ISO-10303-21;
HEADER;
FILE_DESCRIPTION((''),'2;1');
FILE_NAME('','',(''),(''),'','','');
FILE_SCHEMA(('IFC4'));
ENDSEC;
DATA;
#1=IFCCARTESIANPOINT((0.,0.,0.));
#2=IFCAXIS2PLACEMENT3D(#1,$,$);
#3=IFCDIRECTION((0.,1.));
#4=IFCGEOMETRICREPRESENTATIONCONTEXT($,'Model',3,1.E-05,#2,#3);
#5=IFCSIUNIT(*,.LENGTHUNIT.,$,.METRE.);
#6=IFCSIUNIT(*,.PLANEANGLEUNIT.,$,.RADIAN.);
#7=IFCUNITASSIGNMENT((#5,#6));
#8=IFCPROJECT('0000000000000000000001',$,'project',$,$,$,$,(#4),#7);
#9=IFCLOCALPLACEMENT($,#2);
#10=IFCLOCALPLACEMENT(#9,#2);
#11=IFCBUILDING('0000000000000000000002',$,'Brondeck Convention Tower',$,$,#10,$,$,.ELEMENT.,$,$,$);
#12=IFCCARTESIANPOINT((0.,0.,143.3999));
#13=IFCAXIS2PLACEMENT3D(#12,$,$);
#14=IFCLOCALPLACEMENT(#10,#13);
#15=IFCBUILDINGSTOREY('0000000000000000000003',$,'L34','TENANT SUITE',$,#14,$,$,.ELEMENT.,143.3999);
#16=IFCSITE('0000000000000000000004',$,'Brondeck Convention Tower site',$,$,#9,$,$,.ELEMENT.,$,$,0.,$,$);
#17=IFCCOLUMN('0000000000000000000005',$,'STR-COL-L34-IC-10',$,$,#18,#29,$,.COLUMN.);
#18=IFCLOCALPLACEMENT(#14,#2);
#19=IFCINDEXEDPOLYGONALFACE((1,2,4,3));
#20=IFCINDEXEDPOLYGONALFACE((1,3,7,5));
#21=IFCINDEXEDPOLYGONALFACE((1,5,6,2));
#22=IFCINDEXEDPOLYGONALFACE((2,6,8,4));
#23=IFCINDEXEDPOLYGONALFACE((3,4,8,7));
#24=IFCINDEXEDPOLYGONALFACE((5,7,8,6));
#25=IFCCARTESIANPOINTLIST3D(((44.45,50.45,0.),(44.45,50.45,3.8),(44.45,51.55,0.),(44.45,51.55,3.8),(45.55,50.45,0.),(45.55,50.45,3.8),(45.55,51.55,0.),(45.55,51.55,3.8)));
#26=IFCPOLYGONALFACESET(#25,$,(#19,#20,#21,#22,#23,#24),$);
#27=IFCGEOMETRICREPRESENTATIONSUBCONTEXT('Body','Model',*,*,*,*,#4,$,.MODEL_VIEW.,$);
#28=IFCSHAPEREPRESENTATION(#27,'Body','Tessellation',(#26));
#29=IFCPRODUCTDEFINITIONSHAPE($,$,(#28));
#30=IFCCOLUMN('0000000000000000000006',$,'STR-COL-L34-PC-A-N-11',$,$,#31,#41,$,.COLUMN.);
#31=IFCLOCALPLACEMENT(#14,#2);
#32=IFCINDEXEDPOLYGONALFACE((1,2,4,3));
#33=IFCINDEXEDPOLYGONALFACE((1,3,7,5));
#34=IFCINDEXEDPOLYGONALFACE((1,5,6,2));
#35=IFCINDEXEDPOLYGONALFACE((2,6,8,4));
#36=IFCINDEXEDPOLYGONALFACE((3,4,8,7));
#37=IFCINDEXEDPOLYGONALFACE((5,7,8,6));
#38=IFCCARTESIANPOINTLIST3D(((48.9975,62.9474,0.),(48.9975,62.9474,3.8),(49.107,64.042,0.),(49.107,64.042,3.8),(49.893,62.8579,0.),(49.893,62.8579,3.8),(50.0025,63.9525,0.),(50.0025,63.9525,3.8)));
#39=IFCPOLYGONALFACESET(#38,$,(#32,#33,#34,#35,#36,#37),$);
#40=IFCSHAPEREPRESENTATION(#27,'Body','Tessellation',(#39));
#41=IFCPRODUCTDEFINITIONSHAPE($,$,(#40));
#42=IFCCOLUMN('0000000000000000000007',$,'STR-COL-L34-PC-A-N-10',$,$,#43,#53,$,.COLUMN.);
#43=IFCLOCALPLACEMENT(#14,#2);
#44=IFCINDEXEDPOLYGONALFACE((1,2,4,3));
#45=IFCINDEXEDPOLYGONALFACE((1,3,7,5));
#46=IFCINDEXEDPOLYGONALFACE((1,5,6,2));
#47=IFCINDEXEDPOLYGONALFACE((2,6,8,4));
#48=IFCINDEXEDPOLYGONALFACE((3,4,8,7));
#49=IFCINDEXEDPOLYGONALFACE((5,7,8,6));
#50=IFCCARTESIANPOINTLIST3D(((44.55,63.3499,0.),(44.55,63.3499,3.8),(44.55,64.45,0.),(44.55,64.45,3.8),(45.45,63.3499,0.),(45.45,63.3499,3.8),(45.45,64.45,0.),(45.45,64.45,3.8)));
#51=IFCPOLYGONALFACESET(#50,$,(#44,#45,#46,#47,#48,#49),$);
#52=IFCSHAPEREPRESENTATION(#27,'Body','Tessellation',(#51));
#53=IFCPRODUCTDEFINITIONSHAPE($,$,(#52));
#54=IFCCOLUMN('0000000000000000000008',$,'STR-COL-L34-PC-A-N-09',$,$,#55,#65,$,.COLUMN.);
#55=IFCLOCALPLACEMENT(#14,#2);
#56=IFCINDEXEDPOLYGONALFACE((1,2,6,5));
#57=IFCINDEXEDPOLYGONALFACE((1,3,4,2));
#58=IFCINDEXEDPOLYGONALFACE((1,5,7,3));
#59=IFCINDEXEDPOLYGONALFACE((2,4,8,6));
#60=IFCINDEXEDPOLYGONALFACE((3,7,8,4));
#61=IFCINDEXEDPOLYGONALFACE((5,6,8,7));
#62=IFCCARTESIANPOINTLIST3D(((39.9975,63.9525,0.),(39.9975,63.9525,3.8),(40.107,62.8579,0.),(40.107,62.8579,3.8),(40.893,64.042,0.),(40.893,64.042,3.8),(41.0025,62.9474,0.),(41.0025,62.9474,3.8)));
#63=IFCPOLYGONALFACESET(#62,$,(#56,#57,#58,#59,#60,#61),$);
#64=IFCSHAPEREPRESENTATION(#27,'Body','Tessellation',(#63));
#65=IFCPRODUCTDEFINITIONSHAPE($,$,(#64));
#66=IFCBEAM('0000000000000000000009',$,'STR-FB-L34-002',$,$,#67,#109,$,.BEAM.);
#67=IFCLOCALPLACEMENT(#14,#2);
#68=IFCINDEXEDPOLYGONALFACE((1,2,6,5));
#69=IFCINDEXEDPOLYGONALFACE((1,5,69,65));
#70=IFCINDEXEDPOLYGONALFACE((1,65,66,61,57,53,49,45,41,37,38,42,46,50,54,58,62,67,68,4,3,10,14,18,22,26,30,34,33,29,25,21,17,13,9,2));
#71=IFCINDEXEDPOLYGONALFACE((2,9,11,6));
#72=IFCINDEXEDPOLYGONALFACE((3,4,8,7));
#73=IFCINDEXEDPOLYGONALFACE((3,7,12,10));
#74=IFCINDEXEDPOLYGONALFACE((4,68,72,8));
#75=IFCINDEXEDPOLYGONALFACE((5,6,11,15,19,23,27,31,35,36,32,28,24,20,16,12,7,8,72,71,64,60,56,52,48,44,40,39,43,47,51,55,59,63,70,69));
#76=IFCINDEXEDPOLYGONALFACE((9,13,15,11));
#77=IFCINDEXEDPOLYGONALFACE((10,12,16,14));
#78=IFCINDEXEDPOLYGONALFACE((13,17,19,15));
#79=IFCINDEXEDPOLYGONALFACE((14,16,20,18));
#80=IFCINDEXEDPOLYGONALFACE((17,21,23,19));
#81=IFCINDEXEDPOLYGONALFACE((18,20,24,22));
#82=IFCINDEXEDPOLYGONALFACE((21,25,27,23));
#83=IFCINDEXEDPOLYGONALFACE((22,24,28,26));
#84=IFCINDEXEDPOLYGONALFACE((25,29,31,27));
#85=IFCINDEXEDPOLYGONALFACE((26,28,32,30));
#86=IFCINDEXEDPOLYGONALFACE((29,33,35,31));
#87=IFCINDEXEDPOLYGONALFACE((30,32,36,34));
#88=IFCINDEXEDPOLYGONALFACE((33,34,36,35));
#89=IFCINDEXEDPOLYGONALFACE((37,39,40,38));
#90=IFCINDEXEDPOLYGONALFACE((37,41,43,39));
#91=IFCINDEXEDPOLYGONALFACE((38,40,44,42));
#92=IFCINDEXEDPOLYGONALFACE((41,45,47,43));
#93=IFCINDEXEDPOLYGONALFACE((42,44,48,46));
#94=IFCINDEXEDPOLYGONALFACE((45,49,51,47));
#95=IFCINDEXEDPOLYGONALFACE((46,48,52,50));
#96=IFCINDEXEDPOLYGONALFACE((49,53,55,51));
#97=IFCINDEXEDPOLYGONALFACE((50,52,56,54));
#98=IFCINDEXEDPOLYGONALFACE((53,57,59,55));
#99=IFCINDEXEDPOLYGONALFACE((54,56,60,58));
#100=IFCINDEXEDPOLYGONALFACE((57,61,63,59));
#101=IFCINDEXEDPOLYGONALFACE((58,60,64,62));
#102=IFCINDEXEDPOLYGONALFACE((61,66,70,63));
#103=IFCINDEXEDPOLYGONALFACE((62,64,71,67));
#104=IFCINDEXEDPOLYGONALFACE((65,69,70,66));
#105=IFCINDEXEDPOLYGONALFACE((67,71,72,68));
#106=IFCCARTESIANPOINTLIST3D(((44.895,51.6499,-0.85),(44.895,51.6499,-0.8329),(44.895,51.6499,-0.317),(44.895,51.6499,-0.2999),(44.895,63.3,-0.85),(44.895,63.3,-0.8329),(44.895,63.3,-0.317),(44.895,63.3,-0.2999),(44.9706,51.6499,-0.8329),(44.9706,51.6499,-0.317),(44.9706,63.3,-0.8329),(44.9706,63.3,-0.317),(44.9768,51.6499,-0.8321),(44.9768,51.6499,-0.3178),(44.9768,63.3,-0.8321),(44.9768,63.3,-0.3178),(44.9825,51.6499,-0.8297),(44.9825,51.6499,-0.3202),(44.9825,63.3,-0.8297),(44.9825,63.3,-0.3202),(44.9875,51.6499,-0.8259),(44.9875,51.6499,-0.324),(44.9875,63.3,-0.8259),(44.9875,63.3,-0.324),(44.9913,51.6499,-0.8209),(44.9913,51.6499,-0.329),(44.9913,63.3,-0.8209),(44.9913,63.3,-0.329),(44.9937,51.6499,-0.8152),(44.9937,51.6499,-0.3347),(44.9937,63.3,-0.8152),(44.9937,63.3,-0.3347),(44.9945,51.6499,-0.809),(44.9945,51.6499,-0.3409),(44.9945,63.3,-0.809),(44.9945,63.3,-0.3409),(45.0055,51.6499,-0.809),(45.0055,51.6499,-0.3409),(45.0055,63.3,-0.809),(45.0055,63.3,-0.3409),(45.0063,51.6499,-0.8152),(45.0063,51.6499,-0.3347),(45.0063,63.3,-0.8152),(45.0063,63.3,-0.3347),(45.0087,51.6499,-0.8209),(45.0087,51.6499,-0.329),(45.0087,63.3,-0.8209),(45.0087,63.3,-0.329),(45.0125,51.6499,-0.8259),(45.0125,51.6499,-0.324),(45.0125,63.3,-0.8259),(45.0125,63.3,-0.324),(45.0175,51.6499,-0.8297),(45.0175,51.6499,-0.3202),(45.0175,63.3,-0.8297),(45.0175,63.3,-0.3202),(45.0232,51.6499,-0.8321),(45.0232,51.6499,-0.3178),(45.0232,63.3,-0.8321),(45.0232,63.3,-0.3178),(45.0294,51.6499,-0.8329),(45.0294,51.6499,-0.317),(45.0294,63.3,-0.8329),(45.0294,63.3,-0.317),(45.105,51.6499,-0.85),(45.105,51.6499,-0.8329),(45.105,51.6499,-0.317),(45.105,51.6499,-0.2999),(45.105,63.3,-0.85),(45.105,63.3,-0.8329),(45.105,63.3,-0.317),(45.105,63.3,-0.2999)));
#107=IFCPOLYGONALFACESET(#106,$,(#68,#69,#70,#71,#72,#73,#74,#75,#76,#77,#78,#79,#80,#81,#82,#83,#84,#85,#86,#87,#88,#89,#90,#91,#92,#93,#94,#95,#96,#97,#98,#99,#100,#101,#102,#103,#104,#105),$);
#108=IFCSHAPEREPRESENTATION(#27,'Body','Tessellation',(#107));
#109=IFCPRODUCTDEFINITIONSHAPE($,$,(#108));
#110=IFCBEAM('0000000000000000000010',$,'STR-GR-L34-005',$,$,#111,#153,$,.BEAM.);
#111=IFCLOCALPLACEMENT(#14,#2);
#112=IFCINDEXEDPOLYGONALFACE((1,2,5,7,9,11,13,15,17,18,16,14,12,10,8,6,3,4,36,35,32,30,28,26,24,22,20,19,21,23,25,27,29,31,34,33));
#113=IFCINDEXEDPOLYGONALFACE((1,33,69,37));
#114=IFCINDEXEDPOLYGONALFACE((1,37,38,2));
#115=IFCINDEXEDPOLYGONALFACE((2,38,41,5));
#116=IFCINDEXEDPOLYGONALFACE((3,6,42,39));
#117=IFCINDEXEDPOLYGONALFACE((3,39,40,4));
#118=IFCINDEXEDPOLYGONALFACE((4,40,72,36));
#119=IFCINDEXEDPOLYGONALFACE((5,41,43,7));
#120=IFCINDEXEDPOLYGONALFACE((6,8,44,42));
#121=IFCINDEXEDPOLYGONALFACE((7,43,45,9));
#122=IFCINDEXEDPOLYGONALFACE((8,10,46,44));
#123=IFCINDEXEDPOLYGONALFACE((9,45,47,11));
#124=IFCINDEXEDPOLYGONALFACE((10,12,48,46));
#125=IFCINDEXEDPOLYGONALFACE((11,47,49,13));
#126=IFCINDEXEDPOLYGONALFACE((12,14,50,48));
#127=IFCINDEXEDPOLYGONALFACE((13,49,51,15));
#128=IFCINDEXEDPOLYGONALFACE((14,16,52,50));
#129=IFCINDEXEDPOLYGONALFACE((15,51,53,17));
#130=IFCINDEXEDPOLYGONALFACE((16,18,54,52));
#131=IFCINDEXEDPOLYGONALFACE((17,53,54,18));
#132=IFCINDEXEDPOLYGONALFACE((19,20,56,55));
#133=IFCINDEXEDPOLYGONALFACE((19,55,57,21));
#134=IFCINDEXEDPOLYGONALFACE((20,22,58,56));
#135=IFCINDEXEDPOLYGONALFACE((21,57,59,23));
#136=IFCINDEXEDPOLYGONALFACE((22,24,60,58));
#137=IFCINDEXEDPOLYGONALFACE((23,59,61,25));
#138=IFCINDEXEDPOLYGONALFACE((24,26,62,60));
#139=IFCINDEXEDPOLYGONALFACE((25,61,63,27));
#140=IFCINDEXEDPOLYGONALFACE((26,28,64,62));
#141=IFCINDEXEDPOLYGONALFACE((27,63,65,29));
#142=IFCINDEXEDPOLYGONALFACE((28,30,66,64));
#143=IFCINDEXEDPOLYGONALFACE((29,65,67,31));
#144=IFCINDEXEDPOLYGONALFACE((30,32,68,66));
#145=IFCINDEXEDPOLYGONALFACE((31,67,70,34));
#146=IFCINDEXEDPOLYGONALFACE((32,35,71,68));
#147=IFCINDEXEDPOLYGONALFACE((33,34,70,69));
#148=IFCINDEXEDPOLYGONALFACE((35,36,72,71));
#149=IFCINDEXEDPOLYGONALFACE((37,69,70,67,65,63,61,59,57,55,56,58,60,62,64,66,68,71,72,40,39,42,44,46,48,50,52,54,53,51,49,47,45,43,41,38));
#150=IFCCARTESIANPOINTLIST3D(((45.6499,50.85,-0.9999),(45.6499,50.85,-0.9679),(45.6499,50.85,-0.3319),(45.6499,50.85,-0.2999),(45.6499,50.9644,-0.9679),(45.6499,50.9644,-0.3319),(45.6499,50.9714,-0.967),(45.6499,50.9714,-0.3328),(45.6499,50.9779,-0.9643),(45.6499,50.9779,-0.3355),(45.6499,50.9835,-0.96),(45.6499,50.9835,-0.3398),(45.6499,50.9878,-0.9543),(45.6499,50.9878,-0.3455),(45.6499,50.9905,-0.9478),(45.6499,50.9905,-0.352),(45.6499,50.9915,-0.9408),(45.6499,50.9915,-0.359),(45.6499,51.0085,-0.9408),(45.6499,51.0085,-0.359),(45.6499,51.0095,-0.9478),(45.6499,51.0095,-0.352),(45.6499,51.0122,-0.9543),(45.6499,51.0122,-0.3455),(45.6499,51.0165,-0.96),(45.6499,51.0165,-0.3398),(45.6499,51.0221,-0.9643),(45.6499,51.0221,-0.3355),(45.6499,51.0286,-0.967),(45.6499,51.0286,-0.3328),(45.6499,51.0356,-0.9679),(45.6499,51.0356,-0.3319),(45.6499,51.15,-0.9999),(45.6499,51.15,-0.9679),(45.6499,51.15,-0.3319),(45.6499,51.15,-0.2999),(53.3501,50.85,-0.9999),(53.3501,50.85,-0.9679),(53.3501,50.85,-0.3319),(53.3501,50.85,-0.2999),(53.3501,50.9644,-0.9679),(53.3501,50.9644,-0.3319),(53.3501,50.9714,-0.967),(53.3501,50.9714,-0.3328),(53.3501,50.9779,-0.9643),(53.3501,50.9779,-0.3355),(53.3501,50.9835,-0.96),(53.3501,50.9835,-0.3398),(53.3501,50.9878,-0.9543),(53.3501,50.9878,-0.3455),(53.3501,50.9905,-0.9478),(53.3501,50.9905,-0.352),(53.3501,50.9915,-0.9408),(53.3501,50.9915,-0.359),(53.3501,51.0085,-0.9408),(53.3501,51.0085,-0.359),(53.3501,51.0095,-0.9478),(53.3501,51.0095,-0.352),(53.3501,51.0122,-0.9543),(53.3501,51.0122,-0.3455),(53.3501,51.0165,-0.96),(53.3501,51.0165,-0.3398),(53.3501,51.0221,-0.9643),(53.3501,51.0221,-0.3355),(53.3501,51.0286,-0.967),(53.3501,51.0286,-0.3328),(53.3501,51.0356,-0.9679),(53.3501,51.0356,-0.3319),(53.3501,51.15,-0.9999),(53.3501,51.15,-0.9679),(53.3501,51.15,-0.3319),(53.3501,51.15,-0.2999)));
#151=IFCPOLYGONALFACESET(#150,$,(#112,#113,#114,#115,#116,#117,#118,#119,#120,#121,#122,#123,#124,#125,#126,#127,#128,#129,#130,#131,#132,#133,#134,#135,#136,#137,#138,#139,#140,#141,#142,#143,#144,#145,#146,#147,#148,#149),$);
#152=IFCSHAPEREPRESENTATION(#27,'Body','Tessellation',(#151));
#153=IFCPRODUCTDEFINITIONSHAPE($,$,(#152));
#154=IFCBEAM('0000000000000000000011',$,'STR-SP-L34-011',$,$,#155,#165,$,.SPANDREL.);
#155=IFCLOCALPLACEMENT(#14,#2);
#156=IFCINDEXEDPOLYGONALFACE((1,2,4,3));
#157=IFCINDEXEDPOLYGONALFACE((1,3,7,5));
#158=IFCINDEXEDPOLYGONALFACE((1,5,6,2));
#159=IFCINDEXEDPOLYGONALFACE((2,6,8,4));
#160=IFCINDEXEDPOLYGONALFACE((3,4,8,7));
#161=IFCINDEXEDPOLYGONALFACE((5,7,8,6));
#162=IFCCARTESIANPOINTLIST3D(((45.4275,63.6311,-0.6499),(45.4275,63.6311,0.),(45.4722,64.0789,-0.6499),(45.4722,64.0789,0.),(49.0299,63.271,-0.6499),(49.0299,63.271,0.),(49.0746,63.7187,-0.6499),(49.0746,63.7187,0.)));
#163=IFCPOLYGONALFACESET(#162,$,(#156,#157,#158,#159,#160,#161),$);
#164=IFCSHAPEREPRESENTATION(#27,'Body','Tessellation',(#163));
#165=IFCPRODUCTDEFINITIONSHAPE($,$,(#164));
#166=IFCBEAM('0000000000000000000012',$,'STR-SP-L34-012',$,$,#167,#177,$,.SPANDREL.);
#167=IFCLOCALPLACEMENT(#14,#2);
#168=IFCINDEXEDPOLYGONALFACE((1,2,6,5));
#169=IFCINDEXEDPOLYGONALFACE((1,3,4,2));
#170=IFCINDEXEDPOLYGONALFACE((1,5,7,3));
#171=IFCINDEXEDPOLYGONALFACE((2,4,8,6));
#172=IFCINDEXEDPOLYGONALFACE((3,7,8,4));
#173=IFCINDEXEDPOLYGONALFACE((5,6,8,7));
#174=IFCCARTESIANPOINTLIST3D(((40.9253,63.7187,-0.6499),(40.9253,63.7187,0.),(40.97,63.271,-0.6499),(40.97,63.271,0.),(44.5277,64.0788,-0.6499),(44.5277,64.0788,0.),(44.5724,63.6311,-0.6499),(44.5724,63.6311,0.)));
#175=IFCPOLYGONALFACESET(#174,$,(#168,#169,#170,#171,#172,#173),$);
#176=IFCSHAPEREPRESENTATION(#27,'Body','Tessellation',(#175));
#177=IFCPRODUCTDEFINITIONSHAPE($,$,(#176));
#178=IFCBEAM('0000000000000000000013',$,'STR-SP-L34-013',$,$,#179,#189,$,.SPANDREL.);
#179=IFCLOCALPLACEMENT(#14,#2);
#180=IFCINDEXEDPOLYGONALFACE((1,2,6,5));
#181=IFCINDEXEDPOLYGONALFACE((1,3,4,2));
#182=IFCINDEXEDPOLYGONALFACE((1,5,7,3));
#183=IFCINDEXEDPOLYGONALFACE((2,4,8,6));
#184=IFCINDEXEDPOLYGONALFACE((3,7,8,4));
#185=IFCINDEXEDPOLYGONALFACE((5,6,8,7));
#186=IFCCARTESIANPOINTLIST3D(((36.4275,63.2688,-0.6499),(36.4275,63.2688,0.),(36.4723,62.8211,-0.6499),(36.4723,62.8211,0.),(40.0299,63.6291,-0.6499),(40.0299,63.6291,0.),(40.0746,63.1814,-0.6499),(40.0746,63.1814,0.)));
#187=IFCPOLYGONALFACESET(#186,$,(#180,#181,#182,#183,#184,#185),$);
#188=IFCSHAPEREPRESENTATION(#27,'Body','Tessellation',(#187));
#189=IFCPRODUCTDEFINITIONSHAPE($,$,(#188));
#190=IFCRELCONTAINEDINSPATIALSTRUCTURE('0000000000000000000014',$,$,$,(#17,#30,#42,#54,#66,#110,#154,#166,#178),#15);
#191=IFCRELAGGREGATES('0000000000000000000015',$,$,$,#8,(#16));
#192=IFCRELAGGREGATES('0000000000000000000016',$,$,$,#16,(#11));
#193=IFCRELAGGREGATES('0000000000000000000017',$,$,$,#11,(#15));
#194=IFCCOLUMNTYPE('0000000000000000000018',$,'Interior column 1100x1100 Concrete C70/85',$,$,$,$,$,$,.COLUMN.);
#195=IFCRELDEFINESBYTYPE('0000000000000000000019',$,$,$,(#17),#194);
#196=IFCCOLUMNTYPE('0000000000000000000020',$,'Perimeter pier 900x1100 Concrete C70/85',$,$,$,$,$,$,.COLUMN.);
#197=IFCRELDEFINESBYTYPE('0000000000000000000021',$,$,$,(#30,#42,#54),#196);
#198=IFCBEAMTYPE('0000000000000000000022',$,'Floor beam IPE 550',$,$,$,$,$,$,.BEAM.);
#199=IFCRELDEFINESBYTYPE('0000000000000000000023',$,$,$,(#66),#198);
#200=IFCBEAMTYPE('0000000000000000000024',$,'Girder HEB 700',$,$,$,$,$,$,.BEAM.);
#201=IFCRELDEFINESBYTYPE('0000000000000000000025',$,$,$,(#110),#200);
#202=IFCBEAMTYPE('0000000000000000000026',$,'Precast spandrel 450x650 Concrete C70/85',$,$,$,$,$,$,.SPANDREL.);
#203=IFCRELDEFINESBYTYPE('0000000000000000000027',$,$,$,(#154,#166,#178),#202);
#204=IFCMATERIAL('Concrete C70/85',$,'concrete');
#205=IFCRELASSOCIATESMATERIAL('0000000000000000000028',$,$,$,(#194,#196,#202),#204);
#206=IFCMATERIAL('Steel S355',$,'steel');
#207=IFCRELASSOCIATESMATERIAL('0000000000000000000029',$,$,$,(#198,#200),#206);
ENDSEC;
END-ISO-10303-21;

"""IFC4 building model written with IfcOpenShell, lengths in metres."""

from ifc_helpers import new_model, si_unit, direction, frame, origin, origin_2d, place, context, subcontext, project, spatial, rectangle, i_section, extrude, material, material_profile, profile_set, type_object, element, save


model = new_model("IFC4")

# Units and contexts
model_context = context("Model", 3, precision=1e-05, world=origin(), true_north=direction((0.0, 1.0)))
body_context = subcontext(model_context, "Body", "Model", "MODEL_VIEW")
ifc_project = project(units=[si_unit("LENGTHUNIT", "METRE"), si_unit("PLANEANGLEUNIT", "RADIAN")], contexts=[model_context])

# Site, building, storey
site_placement = place(None, origin())
site = spatial("IfcSite", under=ifc_project, at=site_placement, Name="Brondeck Convention Tower site", CompositionType="ELEMENT", RefElevation=0.0)
building_placement = place(site_placement, origin())
building = spatial("IfcBuilding", under=site, at=building_placement, Name="Brondeck Convention Tower", CompositionType="ELEMENT")
storey_placement = place(building_placement, frame((0.0, 0.0, 143.3999)))
storey = spatial("IfcBuildingStorey", under=building, at=storey_placement, Name="L34", Description="TENANT SUITE", CompositionType="ELEMENT", Elevation=143.3999)

# Columns
ifc_material_1 = material(Name="Concrete C70/85", Category="concrete")
ifc_material_profile_1 = material_profile(ifc_material_1, rectangle(XDim=1.1001, YDim=1.1001, at=origin_2d()), Name="Interior column 1100x1100 Concrete C70/85")
ifc_profile_set_1 = profile_set([ifc_material_profile_1], Name="Concrete C70/85")
column_type_1 = type_object("IfcColumnType", Name="Interior column 1100x1100 Concrete C70/85", PredefinedType="COLUMN", material=ifc_profile_set_1)
column_placement = place(storey_placement, frame((45.0, 51.0, 0.0), z_axis=(0.0, 0.0, 1.0), x_axis=(1.0, 0.0, 0.0)))
element("IfcColumn", 1, at=column_placement, inside=storey, type_object=column_type_1, Name="STR-COL-L34-IC-10", PredefinedType="COLUMN", context=body_context, shape_type="SweptSolid", body=[
    extrude(rectangle(XDim=1.1001, YDim=1.1001, at=origin_2d()), origin(), (0.0, 0.0, 1.0), 3.8),
])
ifc_material_profile_2 = material_profile(ifc_material_1, rectangle(XDim=0.8999, YDim=1.1001, at=origin_2d()), Name="Perimeter pier 900x1100 Concrete C70/85")
ifc_profile_set_2 = profile_set([ifc_material_profile_2], Name="Concrete C70/85")
column_type_2 = type_object("IfcColumnType", Name="Perimeter pier 900x1100 Concrete C70/85", PredefinedType="COLUMN", material=ifc_profile_set_2)
for number, where, z_axis, x_axis, name in (
    (2, (49.5, 63.45, 0.0), (0.0, 0.0, 1.0), (-0.995037, 0.099504, 0.0), "STR-COL-L34-PC-A-N-11"),
    (3, (45.0, 63.8999, 0.0), (0.0, 0.0, 1.0), (-1.0, 0.0, 0.0), "STR-COL-L34-PC-A-N-10"),
    (4, (40.5, 63.45, 0.0), (0.0, 0.0, 1.0), (-0.995037, -0.099504, 0.0), "STR-COL-L34-PC-A-N-09"),
):
    element("IfcColumn", number, at=place(storey_placement, frame(where, z_axis=z_axis, x_axis=x_axis)), inside=storey, type_object=column_type_2, Name=name, PredefinedType="COLUMN", context=body_context, shape_type="SweptSolid", body=[
        extrude(rectangle(XDim=0.8999, YDim=1.1001, at=origin_2d()), origin(), (0.0, 0.0, 1.0), 3.8),
    ])

# Beams
ifc_material_2 = material(Name="Steel S355", Category="steel")
ifc_material_profile_3 = material_profile(ifc_material_2, i_section(OverallWidth=0.21, OverallDepth=0.55, WebThickness=0.011, FlangeThickness=0.0171, FilletRadius=0.0239, at=origin_2d()), Name="IPE 550")
ifc_profile_set_3 = profile_set([ifc_material_profile_3], Name="Steel S355")
beam_type_1 = type_object("IfcBeamType", Name="Floor beam IPE 550", PredefinedType="BEAM", material=ifc_profile_set_3)
beam_1_placement = place(storey_placement, frame((45.0, 51.6499, -0.575), z_axis=(0.0, 1.0, 0.0), x_axis=(-1.0, 0.0, 0.0)))
element("IfcBeam", 5, at=beam_1_placement, inside=storey, type_object=beam_type_1, Name="STR-FB-L34-002", PredefinedType="BEAM", context=body_context, shape_type="SweptSolid", body=[
    extrude(i_section(OverallWidth=0.21, OverallDepth=0.55, WebThickness=0.011, FlangeThickness=0.0171, FilletRadius=0.0239, at=origin_2d()), origin(), (0.0, 0.0, 1.0), 11.6501),
])
ifc_material_profile_4 = material_profile(ifc_material_2, i_section(OverallWidth=0.3, OverallDepth=0.7, WebThickness=0.0171, FlangeThickness=0.032, FilletRadius=0.0271, at=origin_2d()), Name="HEB 700")
ifc_profile_set_4 = profile_set([ifc_material_profile_4], Name="Steel S355")
beam_type_2 = type_object("IfcBeamType", Name="Girder HEB 700", PredefinedType="BEAM", material=ifc_profile_set_4)
beam_2_placement = place(storey_placement, frame((45.6499, 51.0, -0.6499), z_axis=(1.0, 0.0, 0.0), x_axis=(0.0, 1.0, 0.0)))
element("IfcBeam", 6, at=beam_2_placement, inside=storey, type_object=beam_type_2, Name="STR-GR-L34-005", PredefinedType="BEAM", context=body_context, shape_type="SweptSolid", body=[
    extrude(i_section(OverallWidth=0.3, OverallDepth=0.7, WebThickness=0.0171, FlangeThickness=0.032, FilletRadius=0.0271, at=origin_2d()), origin(), (0.0, 0.0, 1.0), 7.7002),
])
ifc_material_profile_5 = material_profile(ifc_material_1, rectangle(XDim=0.45, YDim=0.6499, at=origin_2d()), Name="Precast spandrel 450x650 Concrete C70/85")
ifc_profile_set_5 = profile_set([ifc_material_profile_5], Name="Concrete C70/85")
beam_type_3 = type_object("IfcBeamType", Name="Precast spandrel 450x650 Concrete C70/85", PredefinedType="SPANDREL", material=ifc_profile_set_5)
for number, where, z_axis, x_axis, name in (
    (7, (49.0522, 63.4949, -0.325), (-0.995041, 0.09947, 0.0), (-0.09947, -0.995041, 0.0), "STR-SP-L34-011"),
    (8, (44.55, 63.855, -0.325), (-0.995041, -0.09947, 0.0), (0.09947, -0.995041, 0.0), "STR-SP-L34-012"),
    (9, (40.0522, 63.4053, -0.325), (-0.995034, -0.099537, 0.0), (0.099537, -0.995034, 0.0), "STR-SP-L34-013"),
):
    element("IfcBeam", number, at=place(storey_placement, frame(where, z_axis=z_axis, x_axis=x_axis)), inside=storey, type_object=beam_type_3, Name=name, PredefinedType="SPANDREL", context=body_context, shape_type="SweptSolid", body=[
        extrude(rectangle(XDim=0.45, YDim=0.6499, at=origin_2d()), origin(), (0.0, 0.0, 1.0), 3.6204),
    ])

save(model, "model.ifc")
